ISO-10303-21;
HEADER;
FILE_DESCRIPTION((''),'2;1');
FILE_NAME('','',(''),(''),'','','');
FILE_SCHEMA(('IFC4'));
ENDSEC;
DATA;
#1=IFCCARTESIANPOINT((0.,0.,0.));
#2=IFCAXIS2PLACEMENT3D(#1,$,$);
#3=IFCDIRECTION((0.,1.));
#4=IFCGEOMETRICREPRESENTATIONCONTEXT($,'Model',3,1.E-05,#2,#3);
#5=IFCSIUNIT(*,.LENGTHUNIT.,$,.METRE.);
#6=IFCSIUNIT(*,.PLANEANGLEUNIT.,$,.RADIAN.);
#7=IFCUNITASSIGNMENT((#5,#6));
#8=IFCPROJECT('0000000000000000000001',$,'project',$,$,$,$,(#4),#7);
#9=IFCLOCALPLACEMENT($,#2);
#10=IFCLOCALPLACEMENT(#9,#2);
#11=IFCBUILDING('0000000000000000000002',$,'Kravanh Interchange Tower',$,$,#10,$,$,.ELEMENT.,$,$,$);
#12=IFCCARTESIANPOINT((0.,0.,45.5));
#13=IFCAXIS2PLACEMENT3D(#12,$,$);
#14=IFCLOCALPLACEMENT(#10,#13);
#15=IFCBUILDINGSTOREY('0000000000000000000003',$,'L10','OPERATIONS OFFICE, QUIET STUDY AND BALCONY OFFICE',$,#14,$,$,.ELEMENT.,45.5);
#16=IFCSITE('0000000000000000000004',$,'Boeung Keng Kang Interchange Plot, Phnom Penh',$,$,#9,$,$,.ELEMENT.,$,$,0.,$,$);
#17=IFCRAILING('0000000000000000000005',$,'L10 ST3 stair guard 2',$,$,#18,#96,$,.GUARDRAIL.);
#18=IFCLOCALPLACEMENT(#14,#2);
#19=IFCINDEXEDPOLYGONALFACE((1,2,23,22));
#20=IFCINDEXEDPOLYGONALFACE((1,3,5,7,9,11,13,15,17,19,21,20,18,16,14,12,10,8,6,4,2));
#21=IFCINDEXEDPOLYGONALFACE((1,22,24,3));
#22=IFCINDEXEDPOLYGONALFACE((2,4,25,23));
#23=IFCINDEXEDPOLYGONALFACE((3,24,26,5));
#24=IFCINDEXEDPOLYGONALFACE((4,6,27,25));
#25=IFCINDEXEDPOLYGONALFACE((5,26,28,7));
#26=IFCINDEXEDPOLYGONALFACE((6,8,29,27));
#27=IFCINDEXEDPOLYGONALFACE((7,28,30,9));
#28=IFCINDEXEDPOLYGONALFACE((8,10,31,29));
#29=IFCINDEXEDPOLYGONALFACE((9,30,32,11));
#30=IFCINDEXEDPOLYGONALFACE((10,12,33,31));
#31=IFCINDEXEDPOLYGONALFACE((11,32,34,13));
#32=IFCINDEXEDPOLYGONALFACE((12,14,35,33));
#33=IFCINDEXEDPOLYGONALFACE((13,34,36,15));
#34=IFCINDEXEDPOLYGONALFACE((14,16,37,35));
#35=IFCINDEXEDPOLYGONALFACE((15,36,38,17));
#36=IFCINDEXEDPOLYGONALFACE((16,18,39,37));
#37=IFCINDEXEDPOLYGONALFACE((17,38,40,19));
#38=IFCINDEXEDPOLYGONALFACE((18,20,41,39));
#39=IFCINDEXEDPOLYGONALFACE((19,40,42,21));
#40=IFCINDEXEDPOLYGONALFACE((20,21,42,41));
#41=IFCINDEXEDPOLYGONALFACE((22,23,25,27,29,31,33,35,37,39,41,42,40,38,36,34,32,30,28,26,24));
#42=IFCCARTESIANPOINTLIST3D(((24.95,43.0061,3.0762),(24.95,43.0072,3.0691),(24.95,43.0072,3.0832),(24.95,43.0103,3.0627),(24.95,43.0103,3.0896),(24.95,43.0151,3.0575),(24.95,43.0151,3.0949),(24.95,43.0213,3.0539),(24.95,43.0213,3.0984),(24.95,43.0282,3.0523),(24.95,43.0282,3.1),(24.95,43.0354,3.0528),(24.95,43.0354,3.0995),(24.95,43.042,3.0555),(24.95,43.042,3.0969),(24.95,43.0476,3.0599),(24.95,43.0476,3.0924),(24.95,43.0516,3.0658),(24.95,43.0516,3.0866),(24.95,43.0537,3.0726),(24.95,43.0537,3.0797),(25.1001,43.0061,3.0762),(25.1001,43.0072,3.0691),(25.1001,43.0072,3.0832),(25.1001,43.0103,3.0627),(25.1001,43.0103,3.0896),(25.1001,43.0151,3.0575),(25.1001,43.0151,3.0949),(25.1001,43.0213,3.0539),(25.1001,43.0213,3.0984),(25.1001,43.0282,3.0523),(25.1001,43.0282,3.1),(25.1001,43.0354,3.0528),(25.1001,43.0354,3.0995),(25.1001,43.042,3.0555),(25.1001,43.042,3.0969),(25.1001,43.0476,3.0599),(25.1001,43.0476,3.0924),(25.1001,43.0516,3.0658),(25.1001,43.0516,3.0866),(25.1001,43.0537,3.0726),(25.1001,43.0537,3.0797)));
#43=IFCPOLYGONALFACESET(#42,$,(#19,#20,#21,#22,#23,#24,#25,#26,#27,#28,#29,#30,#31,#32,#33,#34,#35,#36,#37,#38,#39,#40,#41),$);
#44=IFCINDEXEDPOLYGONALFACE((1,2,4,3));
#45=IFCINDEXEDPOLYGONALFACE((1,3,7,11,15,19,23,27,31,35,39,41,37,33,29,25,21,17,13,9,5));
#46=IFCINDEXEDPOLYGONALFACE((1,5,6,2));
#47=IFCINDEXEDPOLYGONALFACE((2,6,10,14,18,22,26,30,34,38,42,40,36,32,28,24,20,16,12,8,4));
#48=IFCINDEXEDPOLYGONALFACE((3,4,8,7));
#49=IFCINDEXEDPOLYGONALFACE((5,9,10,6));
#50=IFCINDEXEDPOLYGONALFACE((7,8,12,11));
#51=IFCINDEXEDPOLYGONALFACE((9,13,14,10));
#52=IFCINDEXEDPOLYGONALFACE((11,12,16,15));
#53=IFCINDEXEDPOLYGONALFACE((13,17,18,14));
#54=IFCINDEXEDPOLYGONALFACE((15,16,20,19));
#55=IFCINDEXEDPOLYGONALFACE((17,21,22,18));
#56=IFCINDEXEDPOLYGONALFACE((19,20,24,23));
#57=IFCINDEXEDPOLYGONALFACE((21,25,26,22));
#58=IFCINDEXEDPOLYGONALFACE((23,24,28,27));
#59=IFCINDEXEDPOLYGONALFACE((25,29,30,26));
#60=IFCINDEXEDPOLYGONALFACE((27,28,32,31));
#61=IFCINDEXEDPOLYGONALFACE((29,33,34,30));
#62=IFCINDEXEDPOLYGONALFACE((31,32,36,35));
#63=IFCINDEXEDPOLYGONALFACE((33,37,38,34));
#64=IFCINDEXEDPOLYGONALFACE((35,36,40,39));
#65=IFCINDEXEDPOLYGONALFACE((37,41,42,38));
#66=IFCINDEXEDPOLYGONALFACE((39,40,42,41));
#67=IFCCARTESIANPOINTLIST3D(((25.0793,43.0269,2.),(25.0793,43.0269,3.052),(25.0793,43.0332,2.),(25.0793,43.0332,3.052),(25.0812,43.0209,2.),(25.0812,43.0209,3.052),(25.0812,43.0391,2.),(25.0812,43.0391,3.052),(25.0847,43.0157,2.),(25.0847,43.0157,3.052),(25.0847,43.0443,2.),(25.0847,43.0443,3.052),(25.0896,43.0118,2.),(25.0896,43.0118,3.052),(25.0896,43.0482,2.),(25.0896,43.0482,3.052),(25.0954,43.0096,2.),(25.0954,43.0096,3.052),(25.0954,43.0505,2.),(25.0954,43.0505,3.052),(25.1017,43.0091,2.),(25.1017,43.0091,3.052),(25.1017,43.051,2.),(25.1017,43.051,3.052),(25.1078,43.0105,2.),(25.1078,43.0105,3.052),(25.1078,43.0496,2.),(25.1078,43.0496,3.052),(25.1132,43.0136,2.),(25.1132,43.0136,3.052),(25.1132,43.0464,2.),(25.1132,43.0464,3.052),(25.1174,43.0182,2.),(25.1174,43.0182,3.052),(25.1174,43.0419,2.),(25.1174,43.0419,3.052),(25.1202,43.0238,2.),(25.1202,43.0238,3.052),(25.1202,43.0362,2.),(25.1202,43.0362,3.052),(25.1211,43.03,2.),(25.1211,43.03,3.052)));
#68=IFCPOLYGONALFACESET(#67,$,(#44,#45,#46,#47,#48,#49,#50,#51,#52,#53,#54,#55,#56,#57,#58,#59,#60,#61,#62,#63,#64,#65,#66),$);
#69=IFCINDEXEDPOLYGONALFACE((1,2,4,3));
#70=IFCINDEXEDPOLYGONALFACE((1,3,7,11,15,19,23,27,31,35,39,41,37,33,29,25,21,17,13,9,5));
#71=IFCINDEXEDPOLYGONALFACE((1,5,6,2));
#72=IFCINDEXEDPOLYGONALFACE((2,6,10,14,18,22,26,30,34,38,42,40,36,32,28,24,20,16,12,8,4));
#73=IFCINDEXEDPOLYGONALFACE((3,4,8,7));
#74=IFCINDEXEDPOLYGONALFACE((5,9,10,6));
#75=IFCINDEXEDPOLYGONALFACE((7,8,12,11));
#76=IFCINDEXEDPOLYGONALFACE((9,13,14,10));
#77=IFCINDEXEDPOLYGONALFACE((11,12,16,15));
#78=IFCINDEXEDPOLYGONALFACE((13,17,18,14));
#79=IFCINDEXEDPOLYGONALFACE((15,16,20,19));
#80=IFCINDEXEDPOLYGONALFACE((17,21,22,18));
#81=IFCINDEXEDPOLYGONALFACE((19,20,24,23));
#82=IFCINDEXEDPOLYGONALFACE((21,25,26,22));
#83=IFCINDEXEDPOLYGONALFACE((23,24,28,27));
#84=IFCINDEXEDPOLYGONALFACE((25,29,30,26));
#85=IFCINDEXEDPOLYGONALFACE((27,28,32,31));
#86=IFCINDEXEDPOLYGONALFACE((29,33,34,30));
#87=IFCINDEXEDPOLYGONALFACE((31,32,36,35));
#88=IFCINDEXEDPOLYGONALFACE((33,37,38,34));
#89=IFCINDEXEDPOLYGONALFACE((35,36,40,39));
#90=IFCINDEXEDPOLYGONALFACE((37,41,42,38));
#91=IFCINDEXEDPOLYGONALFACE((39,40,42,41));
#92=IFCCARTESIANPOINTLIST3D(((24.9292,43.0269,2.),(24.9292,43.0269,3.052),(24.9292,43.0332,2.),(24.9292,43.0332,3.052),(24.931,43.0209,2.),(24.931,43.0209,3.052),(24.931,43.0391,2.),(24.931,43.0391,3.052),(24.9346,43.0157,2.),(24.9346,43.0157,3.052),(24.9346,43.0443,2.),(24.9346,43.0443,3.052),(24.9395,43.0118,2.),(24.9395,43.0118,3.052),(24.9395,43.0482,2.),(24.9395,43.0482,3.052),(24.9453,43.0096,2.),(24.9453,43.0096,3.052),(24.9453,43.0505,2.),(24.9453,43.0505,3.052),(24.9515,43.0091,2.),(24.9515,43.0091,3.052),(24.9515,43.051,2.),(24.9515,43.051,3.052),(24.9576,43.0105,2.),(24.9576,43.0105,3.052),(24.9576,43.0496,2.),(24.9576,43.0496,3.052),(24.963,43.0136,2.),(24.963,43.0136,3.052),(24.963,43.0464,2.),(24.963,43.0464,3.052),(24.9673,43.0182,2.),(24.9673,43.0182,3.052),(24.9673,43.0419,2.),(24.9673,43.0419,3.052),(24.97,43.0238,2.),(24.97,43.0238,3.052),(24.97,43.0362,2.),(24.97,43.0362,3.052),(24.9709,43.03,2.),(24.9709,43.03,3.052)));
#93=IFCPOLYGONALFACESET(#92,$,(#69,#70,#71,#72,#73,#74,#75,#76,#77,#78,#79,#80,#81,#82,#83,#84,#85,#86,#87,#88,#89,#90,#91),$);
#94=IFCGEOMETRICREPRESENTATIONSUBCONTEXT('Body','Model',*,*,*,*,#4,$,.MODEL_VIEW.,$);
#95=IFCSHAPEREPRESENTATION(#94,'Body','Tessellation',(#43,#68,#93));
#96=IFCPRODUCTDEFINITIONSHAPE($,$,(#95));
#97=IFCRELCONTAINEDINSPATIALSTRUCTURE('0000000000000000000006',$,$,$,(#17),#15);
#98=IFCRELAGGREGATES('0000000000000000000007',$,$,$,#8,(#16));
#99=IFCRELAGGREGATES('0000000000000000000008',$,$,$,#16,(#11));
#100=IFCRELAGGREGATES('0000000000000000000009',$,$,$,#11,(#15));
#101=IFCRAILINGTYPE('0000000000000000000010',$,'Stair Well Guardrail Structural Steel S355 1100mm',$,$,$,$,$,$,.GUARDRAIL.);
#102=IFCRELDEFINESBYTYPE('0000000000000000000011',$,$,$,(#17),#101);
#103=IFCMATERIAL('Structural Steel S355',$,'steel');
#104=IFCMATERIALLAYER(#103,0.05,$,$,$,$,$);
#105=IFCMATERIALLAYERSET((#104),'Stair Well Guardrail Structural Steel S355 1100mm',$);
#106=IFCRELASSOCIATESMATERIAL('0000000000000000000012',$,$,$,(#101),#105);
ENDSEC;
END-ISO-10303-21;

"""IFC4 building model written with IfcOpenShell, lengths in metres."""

from ifc_helpers import new_model, si_unit, direction, frame, origin, origin_2d, place, context, subcontext, project, spatial, circle, extrude, material, layer, layer_set, type_object, element, save


model = new_model("IFC4")

# Units and contexts
model_context = context("Model", 3, precision=1e-05, world=origin(), true_north=direction((0.0, 1.0)))
body_context = subcontext(model_context, "Body", "Model", "MODEL_VIEW")
ifc_project = project(units=[si_unit("LENGTHUNIT", "METRE"), si_unit("PLANEANGLEUNIT", "RADIAN")], contexts=[model_context])

# Site, building, storey
site_placement = place(None, origin())
site = spatial("IfcSite", under=ifc_project, at=site_placement, Name="Boeung Keng Kang Interchange Plot, Phnom Penh", CompositionType="ELEMENT", RefElevation=0.0)
building_placement = place(site_placement, origin())
building = spatial("IfcBuilding", under=site, at=building_placement, Name="Kravanh Interchange Tower", CompositionType="ELEMENT")
storey_placement = place(building_placement, frame((0.0, 0.0, 45.5)))
storey = spatial("IfcBuildingStorey", under=building, at=storey_placement, Name="L10", Description="OPERATIONS OFFICE, QUIET STUDY AND BALCONY OFFICE", CompositionType="ELEMENT", Elevation=45.5)

# Railing
ifc_material_1 = material(Name="Structural Steel S355", Category="steel")
ifc_layer_1 = layer(ifc_material_1, 0.05)
ifc_layer_set_1 = layer_set([ifc_layer_1], Name="Stair Well Guardrail Structural Steel S355 1100mm")
railing_type_1 = type_object("IfcRailingType", Name="Stair Well Guardrail Structural Steel S355 1100mm", PredefinedType="GUARDRAIL", material=ifc_layer_set_1)
railing_1_placement = place(storey_placement, frame((25.1001, 43.03, 2.0)))
element("IfcRailing", 1, at=railing_1_placement, inside=storey, type_object=railing_type_1, Name="L10 ST3 stair guard 2", PredefinedType="GUARDRAIL", context=body_context, shape_type="SweptSolid", body=[
    extrude(circle(Radius=0.0239, at=origin_2d()), frame((0.0, 0.0, 1.0762), z_axis=(-1.0, 0.0, 0.0), x_axis=(0.0, -1.0, 0.0)), (0.0, 0.0, 1.0), 0.1501),
    extrude(circle(Radius=0.021, at=origin_2d()), origin(), (0.0, 0.0, 1.0), 1.052),
    extrude(circle(Radius=0.021, at=origin_2d()), frame((-0.1501, 0.0, 0.0)), (0.0, 0.0, 1.0), 1.052),
])

save(model, "model.ifc")
